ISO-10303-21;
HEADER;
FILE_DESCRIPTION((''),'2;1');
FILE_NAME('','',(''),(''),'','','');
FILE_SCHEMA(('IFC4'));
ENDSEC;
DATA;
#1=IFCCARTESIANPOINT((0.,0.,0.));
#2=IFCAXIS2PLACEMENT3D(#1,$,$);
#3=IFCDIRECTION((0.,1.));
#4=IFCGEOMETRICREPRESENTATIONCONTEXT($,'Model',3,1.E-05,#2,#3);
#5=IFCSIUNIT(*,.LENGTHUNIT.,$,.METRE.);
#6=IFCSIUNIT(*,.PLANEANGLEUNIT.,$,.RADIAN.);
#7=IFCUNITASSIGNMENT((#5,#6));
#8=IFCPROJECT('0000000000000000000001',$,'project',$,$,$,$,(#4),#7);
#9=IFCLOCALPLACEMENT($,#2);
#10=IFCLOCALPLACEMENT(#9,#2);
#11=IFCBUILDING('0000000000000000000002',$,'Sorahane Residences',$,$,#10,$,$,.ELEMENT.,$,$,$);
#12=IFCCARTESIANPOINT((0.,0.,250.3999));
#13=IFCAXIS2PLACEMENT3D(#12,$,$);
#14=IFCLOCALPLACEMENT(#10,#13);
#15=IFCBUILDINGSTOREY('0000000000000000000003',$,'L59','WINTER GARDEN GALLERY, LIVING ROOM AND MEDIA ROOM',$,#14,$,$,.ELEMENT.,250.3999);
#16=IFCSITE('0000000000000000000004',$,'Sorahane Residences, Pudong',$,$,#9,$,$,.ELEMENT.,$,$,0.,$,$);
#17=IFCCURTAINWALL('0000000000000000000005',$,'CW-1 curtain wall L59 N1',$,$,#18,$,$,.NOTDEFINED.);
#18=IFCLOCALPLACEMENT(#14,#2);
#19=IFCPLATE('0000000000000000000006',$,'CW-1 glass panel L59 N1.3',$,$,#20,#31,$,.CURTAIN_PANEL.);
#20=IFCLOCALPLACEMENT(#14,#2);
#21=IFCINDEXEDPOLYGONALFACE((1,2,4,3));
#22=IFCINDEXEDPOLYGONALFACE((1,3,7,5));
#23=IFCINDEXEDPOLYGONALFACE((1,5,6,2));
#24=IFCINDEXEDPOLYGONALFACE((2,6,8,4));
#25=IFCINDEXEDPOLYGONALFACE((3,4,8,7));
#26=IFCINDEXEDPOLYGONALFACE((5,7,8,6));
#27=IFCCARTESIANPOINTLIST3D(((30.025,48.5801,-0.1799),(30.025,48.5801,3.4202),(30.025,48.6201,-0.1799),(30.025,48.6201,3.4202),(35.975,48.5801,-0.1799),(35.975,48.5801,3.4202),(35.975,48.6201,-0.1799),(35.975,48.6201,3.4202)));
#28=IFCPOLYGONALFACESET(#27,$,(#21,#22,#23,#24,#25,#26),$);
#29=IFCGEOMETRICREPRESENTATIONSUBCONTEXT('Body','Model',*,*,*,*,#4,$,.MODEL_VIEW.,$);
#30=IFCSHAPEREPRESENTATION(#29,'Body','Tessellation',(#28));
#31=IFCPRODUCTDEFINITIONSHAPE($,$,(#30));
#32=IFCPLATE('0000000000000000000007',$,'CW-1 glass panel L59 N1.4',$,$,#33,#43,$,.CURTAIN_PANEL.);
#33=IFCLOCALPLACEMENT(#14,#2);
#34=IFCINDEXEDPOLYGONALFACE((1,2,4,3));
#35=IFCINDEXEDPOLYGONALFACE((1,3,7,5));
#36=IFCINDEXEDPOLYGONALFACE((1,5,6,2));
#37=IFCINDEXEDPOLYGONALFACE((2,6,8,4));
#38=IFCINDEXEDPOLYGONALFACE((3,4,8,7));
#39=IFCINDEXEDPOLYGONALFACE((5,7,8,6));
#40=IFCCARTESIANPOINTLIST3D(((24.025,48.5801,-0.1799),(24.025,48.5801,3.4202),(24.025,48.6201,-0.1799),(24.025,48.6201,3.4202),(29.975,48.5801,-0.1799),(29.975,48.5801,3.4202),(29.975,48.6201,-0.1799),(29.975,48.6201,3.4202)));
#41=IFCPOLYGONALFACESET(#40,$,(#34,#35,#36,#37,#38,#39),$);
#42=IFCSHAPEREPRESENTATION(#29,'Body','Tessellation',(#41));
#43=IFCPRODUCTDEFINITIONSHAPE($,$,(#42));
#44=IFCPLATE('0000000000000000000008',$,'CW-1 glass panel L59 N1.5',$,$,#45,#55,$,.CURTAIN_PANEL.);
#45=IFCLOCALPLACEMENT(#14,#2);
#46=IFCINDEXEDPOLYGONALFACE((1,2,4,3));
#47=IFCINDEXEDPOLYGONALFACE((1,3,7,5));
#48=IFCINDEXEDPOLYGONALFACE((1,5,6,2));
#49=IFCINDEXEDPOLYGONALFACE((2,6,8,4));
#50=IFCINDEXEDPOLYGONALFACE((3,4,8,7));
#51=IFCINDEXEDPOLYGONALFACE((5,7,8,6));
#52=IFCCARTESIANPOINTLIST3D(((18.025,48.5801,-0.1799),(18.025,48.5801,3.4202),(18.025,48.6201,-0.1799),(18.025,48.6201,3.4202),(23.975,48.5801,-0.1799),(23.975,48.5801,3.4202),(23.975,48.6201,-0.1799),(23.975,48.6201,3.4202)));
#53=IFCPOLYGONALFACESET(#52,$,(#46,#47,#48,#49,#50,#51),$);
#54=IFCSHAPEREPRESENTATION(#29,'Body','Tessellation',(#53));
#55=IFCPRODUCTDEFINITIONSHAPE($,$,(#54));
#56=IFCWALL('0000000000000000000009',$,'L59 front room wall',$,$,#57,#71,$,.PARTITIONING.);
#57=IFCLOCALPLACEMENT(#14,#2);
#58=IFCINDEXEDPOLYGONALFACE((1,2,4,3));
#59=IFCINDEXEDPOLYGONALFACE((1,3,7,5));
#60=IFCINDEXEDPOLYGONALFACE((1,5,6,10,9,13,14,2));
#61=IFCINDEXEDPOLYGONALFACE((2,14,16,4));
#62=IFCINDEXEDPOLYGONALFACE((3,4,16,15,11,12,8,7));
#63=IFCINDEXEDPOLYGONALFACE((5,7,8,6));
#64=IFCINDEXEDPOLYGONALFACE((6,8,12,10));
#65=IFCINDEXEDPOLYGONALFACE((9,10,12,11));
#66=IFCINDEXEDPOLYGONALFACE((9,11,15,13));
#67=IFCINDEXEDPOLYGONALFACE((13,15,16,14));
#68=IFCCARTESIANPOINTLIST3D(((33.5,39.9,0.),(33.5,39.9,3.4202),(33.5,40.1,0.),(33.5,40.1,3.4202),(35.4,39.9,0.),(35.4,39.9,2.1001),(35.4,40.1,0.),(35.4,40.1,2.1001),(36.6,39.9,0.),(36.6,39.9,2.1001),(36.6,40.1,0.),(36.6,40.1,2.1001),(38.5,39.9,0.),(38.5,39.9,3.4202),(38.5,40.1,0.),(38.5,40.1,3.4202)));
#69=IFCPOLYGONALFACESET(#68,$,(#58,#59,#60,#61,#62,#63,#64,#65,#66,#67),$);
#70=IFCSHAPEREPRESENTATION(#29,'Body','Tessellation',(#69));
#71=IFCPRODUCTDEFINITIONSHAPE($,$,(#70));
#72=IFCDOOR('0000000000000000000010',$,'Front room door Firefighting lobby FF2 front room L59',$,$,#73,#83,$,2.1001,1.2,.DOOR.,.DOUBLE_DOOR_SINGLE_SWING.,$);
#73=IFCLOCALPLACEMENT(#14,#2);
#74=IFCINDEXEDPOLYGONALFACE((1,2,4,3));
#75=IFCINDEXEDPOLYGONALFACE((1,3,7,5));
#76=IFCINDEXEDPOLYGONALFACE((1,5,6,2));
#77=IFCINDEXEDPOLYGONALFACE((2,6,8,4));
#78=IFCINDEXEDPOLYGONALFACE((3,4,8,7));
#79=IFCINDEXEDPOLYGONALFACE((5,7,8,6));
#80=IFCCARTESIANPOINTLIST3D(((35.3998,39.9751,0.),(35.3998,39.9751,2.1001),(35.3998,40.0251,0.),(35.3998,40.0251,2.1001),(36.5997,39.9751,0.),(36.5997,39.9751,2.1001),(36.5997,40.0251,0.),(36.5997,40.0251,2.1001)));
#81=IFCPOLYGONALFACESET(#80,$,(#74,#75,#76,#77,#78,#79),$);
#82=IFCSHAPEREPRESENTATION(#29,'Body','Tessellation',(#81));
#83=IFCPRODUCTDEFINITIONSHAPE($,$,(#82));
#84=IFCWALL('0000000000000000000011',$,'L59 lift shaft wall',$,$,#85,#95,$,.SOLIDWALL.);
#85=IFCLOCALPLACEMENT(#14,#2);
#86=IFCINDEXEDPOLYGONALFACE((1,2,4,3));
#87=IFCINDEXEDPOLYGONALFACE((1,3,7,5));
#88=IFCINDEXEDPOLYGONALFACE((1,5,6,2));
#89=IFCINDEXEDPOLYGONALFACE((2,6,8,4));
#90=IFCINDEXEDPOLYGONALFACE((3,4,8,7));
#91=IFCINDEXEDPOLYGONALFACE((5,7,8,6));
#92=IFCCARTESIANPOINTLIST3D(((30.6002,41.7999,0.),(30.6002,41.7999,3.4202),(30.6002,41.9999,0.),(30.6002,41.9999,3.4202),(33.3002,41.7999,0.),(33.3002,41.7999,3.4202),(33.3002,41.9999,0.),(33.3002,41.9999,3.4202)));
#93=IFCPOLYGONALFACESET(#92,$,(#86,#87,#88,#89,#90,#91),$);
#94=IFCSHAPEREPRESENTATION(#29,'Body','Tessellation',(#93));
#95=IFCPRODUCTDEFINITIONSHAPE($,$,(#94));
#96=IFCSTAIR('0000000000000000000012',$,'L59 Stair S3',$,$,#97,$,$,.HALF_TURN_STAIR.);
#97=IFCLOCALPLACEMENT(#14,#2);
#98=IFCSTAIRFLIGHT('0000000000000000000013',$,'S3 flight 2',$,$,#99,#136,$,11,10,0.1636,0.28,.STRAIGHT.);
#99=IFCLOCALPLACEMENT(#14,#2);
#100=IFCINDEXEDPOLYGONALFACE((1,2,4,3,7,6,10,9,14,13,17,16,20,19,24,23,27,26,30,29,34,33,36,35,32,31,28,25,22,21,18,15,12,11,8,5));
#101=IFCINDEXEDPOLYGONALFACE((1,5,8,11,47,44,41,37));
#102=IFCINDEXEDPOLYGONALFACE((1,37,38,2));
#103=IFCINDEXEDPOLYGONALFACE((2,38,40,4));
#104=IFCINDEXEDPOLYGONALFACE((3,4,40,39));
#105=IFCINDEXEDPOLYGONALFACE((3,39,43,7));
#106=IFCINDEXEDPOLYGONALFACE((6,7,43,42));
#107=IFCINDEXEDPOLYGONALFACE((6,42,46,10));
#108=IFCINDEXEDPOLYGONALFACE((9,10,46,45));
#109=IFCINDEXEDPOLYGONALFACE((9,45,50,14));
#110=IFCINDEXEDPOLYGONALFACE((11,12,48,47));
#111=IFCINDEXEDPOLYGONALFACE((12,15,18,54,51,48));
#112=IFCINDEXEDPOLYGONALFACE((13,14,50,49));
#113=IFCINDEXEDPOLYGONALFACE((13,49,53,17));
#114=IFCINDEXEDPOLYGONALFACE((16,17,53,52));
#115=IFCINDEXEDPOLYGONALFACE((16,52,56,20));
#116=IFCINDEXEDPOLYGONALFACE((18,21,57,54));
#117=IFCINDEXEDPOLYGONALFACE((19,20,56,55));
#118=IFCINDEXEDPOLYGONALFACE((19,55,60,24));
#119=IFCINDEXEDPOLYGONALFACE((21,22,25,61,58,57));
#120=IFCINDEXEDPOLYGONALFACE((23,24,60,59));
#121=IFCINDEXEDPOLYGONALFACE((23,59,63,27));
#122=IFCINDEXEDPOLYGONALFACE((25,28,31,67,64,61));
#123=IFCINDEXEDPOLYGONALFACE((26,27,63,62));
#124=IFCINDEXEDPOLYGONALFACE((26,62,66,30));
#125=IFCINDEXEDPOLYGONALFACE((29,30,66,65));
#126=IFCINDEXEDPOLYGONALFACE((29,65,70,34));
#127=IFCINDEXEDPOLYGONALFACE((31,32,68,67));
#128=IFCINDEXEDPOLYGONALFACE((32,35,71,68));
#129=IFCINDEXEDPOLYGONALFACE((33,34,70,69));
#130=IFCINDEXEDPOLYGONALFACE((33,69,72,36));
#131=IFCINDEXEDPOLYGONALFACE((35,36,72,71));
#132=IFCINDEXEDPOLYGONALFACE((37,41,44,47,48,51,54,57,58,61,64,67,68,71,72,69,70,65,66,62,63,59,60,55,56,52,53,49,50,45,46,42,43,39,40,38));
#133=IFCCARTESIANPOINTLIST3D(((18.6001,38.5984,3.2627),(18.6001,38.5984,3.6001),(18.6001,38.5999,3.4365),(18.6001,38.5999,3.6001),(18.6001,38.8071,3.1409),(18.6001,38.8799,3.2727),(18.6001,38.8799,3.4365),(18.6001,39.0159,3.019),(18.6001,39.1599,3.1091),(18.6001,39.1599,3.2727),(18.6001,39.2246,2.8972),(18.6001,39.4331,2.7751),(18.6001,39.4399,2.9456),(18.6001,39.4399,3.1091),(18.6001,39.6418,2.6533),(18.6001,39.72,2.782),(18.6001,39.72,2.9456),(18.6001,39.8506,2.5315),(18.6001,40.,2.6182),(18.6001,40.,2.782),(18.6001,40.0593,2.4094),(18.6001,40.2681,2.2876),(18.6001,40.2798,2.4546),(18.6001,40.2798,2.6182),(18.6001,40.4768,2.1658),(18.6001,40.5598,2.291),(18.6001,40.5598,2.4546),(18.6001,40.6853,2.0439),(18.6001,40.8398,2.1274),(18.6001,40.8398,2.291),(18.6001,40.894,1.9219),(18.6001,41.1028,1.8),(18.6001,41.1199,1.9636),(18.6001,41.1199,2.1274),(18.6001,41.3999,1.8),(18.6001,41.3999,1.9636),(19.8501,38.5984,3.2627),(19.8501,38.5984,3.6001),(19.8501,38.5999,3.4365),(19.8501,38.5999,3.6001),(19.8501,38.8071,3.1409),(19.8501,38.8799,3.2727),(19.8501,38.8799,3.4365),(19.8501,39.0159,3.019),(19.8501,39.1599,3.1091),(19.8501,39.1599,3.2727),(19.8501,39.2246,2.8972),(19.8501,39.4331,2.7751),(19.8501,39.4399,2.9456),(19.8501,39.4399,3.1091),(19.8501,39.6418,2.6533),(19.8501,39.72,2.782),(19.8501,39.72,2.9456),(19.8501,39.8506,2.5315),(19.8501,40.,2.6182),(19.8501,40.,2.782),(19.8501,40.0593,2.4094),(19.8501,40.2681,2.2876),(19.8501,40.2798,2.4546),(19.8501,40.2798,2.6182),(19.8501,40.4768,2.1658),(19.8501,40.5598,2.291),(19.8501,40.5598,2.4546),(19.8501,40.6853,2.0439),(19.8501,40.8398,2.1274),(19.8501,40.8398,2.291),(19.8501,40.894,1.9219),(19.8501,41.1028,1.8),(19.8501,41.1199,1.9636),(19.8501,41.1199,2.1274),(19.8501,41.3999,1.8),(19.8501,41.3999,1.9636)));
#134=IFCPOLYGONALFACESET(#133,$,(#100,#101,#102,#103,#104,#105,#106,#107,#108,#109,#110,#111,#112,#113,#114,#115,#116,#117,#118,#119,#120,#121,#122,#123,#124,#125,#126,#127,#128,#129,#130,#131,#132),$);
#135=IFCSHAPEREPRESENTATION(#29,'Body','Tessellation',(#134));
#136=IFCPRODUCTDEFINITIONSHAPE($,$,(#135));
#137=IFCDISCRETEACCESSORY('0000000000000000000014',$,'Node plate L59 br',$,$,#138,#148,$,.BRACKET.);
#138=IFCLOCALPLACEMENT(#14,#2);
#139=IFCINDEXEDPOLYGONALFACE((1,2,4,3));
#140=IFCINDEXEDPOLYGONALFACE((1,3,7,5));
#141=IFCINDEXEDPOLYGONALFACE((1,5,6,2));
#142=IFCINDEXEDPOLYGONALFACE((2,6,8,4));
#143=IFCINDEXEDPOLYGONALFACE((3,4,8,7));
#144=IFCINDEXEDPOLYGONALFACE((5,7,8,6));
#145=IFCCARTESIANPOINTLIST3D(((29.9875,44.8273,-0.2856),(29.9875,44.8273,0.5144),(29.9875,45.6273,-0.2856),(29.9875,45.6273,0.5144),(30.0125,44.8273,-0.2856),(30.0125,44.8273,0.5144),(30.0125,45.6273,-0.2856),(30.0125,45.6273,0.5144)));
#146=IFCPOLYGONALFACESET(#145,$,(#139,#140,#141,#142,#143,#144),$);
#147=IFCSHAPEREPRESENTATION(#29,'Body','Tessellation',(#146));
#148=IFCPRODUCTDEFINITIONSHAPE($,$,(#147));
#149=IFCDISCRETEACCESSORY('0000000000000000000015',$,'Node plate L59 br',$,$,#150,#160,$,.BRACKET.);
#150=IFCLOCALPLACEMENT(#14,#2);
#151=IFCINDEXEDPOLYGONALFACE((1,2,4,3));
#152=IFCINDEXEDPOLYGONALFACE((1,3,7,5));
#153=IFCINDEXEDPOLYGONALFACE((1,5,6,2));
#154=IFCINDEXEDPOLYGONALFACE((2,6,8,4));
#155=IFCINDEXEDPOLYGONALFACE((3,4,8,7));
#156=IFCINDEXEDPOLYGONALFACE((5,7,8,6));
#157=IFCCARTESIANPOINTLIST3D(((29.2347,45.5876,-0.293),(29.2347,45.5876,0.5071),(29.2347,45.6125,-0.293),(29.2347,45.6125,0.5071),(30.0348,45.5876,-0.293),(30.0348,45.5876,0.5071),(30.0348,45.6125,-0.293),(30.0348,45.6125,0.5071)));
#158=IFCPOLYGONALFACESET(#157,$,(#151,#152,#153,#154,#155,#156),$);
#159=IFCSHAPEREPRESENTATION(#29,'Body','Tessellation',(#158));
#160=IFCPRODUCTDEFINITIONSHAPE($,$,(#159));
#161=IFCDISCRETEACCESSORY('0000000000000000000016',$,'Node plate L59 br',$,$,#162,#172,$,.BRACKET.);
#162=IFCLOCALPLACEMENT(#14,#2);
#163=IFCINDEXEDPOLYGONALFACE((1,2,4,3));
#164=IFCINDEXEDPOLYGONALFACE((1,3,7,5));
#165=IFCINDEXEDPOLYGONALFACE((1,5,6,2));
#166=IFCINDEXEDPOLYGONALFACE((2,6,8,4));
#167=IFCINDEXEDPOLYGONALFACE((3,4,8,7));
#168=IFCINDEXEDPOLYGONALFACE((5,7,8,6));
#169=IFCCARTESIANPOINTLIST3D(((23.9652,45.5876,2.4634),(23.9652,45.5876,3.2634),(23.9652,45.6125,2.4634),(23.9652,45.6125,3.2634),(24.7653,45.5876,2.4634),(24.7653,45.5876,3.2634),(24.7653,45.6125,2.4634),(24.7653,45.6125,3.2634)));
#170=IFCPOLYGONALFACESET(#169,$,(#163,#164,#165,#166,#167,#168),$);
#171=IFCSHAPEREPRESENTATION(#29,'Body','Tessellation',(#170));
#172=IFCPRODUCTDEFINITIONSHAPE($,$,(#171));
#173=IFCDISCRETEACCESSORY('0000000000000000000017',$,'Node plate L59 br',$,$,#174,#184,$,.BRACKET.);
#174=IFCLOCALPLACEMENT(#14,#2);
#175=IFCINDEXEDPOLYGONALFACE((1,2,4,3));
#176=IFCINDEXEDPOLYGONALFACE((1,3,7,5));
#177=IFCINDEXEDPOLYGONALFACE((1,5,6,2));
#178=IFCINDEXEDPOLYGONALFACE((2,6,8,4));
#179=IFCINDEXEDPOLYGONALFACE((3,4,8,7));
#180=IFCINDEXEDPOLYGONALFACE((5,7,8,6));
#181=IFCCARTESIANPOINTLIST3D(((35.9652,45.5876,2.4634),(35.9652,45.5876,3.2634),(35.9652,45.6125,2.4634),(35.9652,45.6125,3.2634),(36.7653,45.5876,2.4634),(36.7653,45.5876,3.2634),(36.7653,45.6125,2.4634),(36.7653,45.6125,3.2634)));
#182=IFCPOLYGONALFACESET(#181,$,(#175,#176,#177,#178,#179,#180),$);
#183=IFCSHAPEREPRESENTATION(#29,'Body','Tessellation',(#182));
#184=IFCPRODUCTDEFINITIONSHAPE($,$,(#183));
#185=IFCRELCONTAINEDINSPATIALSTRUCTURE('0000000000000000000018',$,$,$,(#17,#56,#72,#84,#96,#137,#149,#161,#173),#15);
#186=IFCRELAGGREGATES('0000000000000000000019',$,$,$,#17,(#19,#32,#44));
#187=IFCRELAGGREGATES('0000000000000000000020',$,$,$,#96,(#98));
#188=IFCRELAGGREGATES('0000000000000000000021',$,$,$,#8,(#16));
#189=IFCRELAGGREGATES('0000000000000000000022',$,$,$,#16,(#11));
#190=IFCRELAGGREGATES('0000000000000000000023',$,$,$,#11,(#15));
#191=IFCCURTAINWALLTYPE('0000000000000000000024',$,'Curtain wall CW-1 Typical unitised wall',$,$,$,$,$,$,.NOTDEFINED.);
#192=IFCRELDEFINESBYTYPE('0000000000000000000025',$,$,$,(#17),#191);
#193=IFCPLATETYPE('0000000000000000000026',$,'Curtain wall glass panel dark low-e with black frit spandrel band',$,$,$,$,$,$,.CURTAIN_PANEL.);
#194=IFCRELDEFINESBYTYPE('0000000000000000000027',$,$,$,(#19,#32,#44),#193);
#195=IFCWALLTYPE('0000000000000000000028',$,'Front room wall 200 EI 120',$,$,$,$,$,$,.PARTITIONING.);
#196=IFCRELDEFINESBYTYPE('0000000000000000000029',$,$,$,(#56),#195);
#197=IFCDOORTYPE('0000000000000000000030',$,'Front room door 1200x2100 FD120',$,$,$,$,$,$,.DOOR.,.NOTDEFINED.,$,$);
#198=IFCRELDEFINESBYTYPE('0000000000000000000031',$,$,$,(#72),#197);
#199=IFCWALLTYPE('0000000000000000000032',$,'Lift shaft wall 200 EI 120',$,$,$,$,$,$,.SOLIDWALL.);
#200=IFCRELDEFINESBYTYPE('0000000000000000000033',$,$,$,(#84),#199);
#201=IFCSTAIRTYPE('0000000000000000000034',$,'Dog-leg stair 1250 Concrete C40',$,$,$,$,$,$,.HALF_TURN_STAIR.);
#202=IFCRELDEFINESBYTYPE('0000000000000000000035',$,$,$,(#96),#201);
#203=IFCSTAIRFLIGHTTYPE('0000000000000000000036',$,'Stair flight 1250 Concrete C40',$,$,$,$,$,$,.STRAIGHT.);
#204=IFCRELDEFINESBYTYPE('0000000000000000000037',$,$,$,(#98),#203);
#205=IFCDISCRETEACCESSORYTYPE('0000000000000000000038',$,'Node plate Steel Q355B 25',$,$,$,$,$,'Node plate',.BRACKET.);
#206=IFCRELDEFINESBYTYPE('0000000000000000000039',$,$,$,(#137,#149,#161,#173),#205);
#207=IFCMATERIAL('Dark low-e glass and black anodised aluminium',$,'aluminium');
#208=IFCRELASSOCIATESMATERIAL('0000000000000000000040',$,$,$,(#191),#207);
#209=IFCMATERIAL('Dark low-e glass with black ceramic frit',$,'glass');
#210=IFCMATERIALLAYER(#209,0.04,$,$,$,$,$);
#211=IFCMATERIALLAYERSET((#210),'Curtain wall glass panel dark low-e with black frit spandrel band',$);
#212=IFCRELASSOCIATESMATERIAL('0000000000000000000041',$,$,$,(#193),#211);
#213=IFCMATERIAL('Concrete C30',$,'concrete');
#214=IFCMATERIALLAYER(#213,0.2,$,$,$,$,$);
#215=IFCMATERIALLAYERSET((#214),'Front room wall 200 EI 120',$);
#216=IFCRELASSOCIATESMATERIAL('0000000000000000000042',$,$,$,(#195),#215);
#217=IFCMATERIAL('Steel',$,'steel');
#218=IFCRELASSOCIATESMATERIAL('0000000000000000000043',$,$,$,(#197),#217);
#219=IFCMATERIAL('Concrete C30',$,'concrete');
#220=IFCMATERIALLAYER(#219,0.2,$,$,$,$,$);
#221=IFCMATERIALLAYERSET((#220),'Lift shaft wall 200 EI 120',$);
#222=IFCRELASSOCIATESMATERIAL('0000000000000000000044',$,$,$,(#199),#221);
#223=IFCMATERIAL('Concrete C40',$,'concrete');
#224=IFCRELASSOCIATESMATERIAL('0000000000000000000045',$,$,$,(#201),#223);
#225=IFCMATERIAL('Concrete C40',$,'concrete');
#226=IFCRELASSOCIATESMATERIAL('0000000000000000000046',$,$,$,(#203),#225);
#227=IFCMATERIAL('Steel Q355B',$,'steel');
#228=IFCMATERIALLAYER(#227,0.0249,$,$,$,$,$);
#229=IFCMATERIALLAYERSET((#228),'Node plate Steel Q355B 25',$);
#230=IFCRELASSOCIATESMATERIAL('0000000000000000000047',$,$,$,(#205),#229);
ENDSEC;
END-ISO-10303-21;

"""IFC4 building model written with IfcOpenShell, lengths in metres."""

from ifc_helpers import new_model, si_unit, direction, frame, frame_2d, origin, origin_2d, place, context, subcontext, project, spatial, polyline, rectangle, outline, extrude, material, layer, layer_set, type_object, element, fill, aggregate, save


model = new_model("IFC4")

# Units and contexts
model_context = context("Model", 3, precision=1e-05, world=origin(), true_north=direction((0.0, 1.0)))
body_context = subcontext(model_context, "Body", "Model", "MODEL_VIEW")
ifc_project = project(units=[si_unit("LENGTHUNIT", "METRE"), si_unit("PLANEANGLEUNIT", "RADIAN")], contexts=[model_context])

# Site, building, storey
site_placement = place(None, origin())
site = spatial("IfcSite", under=ifc_project, at=site_placement, Name="Sorahane Residences, Pudong", CompositionType="ELEMENT", RefElevation=0.0)
building_placement = place(site_placement, origin())
building = spatial("IfcBuilding", under=site, at=building_placement, Name="Sorahane Residences", CompositionType="ELEMENT")
storey_placement = place(building_placement, frame((0.0, 0.0, 250.3999)))
storey = spatial("IfcBuildingStorey", under=building, at=storey_placement, Name="L59", Description="WINTER GARDEN GALLERY, LIVING ROOM AND MEDIA ROOM", CompositionType="ELEMENT", Elevation=250.3999)

# Curtain wall
ifc_material_1 = material(Name="Dark low-e glass and black anodised aluminium", Category="aluminium")
curtain_wall_type = type_object("IfcCurtainWallType", Name="Curtain wall CW-1 Typical unitised wall", PredefinedType="NOTDEFINED", material=ifc_material_1)
curtain_wall_placement = place(storey_placement, origin())
curtain_wall = element("IfcCurtainWall", 1, at=curtain_wall_placement, inside=storey, type_object=curtain_wall_type, Name="CW-1 curtain wall L59 N1", PredefinedType="NOTDEFINED")

# Plates
ifc_material_2 = material(Name="Dark low-e glass with black ceramic frit", Category="glass")
ifc_layer_1 = layer(ifc_material_2, 0.04)
ifc_layer_set_1 = layer_set([ifc_layer_1], Name="Curtain wall glass panel dark low-e with black frit spandrel band")
plate_type = type_object("IfcPlateType", Name="Curtain wall glass panel dark low-e with black frit spandrel band", PredefinedType="CURTAIN_PANEL", material=ifc_layer_set_1)
plate_1_placement = place(storey_placement, frame((33.0, 48.6001, -0.1799), z_axis=(0.0, 0.0, 1.0), x_axis=(-1.0, 0.0, 0.0)))
plate_1 = element("IfcPlate", 2, at=plate_1_placement, type_object=plate_type, Name="CW-1 glass panel L59 N1.3", PredefinedType="CURTAIN_PANEL", context=body_context, shape_type="SweptSolid", body=[
    extrude(rectangle(XDim=5.95, YDim=0.04, at=origin_2d()), origin(), (0.0, 0.0, 1.0), 3.6001),
])
plate_2_placement = place(storey_placement, frame((27.0, 48.6001, -0.1799), z_axis=(0.0, 0.0, 1.0), x_axis=(-1.0, 0.0, 0.0)))
plate_2 = element("IfcPlate", 3, at=plate_2_placement, type_object=plate_type, Name="CW-1 glass panel L59 N1.4", PredefinedType="CURTAIN_PANEL", context=body_context, shape_type="SweptSolid", body=[
    extrude(rectangle(XDim=5.95, YDim=0.04, at=origin_2d()), origin(), (0.0, 0.0, 1.0), 3.6001),
])
plate_3_placement = place(storey_placement, frame((21.0, 48.6001, -0.1799), z_axis=(0.0, 0.0, 1.0), x_axis=(-1.0, 0.0, 0.0)))
plate_3 = element("IfcPlate", 4, at=plate_3_placement, type_object=plate_type, Name="CW-1 glass panel L59 N1.5", PredefinedType="CURTAIN_PANEL", context=body_context, shape_type="SweptSolid", body=[
    extrude(rectangle(XDim=5.95, YDim=0.04, at=origin_2d()), origin(), (0.0, 0.0, 1.0), 3.6001),
])
aggregate(curtain_wall, [plate_1, plate_2, plate_3])

# Wall, opening, door
ifc_material_3 = material(Name="Concrete C30", Category="concrete")
ifc_layer_2 = layer(ifc_material_3, 0.2)
ifc_layer_set_2 = layer_set([ifc_layer_2], Name="Front room wall 200 EI 120")
wall_type_1 = type_object("IfcWallType", Name="Front room wall 200 EI 120", PredefinedType="PARTITIONING", material=ifc_layer_set_2)
wall_1_placement = place(storey_placement, frame((33.5, 40.0, 0.0), z_axis=(0.0, 0.0, 1.0), x_axis=(1.0, 0.0, 0.0)))
wall_1 = element("IfcWall", 5, at=wall_1_placement, inside=storey, type_object=wall_type_1, Name="L59 front room wall", PredefinedType="PARTITIONING", context=body_context, shape_type="SweptSolid", body=[
    extrude(rectangle(XDim=5.0, YDim=0.2, at=frame_2d((2.5, 0.0))), origin(), (0.0, 0.0, 1.0), 3.4202),
])
opening_placement = place(wall_1_placement, frame((1.8999, 0.0, 0.0)))
opening = element("IfcOpeningElement", 6, at=opening_placement, cuts=wall_1, PredefinedType="OPENING", context=body_context, shape_type="SweptSolid", body=[
    extrude(rectangle(XDim=1.2, YDim=2.1001, at=frame_2d((0.6001, 1.05))), frame((0.0, 0.1099, 0.0), z_axis=(0.0, -1.0, 0.0), x_axis=(1.0, 0.0, 0.0)), (0.0, 0.0, 1.0), 0.22),
])
ifc_material_4 = material(Name="Steel", Category="steel")
door_type = type_object("IfcDoorType", Name="Front room door 1200x2100 FD120", OperationType="NOTDEFINED", PredefinedType="DOOR", material=ifc_material_4)
door_placement = place(opening_placement, frame((1.2, 0.0, 0.0), z_axis=(0.0, 0.0, 1.0), x_axis=(-1.0, 0.0, 0.0)))
door = element("IfcDoor", 7, at=door_placement, inside=storey, type_object=door_type, Name="Front room door Firefighting lobby FF2 front room L59", OperationType="DOUBLE_DOOR_SINGLE_SWING", OverallHeight=2.1001, OverallWidth=1.2, PredefinedType="DOOR", context=body_context, shape_type="SweptSolid", body=[
    extrude(rectangle(XDim=1.2, YDim=2.1001, at=frame_2d((0.6001, 1.05))), frame((0.0, 0.0249, 0.0), z_axis=(0.0, -1.0, 0.0), x_axis=(1.0, 0.0, 0.0)), (0.0, 0.0, 1.0), 0.05),
])
fill(opening, door)

# Wall
ifc_material_5 = material(Name="Concrete C30", Category="concrete")
ifc_layer_3 = layer(ifc_material_5, 0.2)
ifc_layer_set_3 = layer_set([ifc_layer_3], Name="Lift shaft wall 200 EI 120")
wall_type_2 = type_object("IfcWallType", Name="Lift shaft wall 200 EI 120", PredefinedType="SOLIDWALL", material=ifc_layer_set_3)
wall_2_placement = place(storey_placement, frame((30.6001, 41.8999, 0.0), z_axis=(0.0, 0.0, 1.0), x_axis=(1.0, 0.0, 0.0)))
element("IfcWall", 8, at=wall_2_placement, inside=storey, type_object=wall_type_2, Name="L59 lift shaft wall", PredefinedType="SOLIDWALL", context=body_context, shape_type="SweptSolid", body=[
    extrude(rectangle(XDim=2.7, YDim=0.2, at=frame_2d((1.3501, 0.0))), origin(), (0.0, 0.0, 1.0), 3.4202),
])

# Stair, stair flight
ifc_material_6 = material(Name="Concrete C40", Category="concrete")
stair_type = type_object("IfcStairType", Name="Dog-leg stair 1250 Concrete C40", PredefinedType="HALF_TURN_STAIR", material=ifc_material_6)
stair_placement = place(storey_placement, origin())
stair = element("IfcStair", 9, at=stair_placement, inside=storey, type_object=stair_type, Name="L59 Stair S3", PredefinedType="HALF_TURN_STAIR")
ifc_material_7 = material(Name="Concrete C40", Category="concrete")
stair_flight_type = type_object("IfcStairFlightType", Name="Stair flight 1250 Concrete C40", PredefinedType="STRAIGHT", material=ifc_material_7)
stair_flight_placement = place(storey_placement, frame((19.2251, 41.3999, 1.8), z_axis=(0.0, 0.0, 1.0), x_axis=(0.0, -1.0, 0.0)))
stair_flight = element("IfcStairFlight", 10, at=stair_flight_placement, type_object=stair_flight_type, Name="S3 flight 2", NumberOfRisers=11, NumberOfTreads=10, PredefinedType="STRAIGHT", RiserHeight=0.1636, TreadLength=0.28, context=body_context, shape_type="SweptSolid", body=[
    extrude(outline(polyline([(0.0, 0.0), (0.0, 0.1636), (0.28, 0.1636), (0.28, 0.3274), (0.5601, 0.3274), (0.5601, 0.491), (0.8401, 0.491), (0.8401, 0.6545), (1.1201, 0.6545), (1.1201, 0.8181), (1.3999, 0.8181), (1.3999, 0.9819), (1.6799, 0.9819), (1.6799, 1.1455), (1.96, 1.1455), (1.96, 1.3091), (2.24, 1.3091), (2.24, 1.4727), (2.52, 1.4727), (2.52, 1.6365), (2.8, 1.6365), (2.8, 1.8), (2.8015, 1.8), (2.8015, 1.4626), (2.5928, 1.3408), (2.384, 1.219), (2.1753, 1.0972), (1.9668, 0.9751), (1.7581, 0.8533), (1.5493, 0.7314), (1.3406, 0.6094), (1.1318, 0.4875), (0.9231, 0.3657), (0.7146, 0.2439), (0.5059, 0.1218), (0.2971, 0.0), (0.0, 0.0)])), frame((0.0, 0.625, 0.0), z_axis=(0.0, -1.0, 0.0), x_axis=(1.0, 0.0, 0.0)), (0.0, 0.0, 1.0), 1.25),
])
aggregate(stair, [stair_flight])

# Discrete accessories
ifc_material_8 = material(Name="Steel Q355B", Category="steel")
ifc_layer_4 = layer(ifc_material_8, 0.0249)
ifc_layer_set_4 = layer_set([ifc_layer_4], Name="Node plate Steel Q355B 25")
discrete_accessory_type = type_object("IfcDiscreteAccessoryType", Name="Node plate Steel Q355B 25", ElementType="Node plate", PredefinedType="BRACKET", material=ifc_layer_set_4)
for number, where, z_axis, x_axis, name in (
    (11, (30.0, 45.2273, -0.2856), (0.0, 0.0, 1.0), (0.0, 1.0, 0.0), "Node plate L59 br"),
    (12, (29.6348, 45.6001, -0.293), (0.0, 0.0, 1.0), (1.0, 0.0, 0.0), "Node plate L59 br"),
    (13, (24.3652, 45.6001, 2.4634), (0.0, 0.0, 1.0), (1.0, 0.0, 0.0), "Node plate L59 br"),
    (14, (36.3652, 45.6001, 2.4634), (0.0, 0.0, 1.0), (1.0, 0.0, 0.0), "Node plate L59 br"),
):
    element("IfcDiscreteAccessory", number, at=place(storey_placement, frame(where, z_axis=z_axis, x_axis=x_axis)), inside=storey, type_object=discrete_accessory_type, Name=name, PredefinedType="BRACKET", context=body_context, shape_type="SweptSolid", body=[
        extrude(rectangle(XDim=0.8, YDim=0.0249, at=origin_2d()), origin(), (0.0, 0.0, 1.0), 0.8),
    ])

save(model, "model.ifc")
